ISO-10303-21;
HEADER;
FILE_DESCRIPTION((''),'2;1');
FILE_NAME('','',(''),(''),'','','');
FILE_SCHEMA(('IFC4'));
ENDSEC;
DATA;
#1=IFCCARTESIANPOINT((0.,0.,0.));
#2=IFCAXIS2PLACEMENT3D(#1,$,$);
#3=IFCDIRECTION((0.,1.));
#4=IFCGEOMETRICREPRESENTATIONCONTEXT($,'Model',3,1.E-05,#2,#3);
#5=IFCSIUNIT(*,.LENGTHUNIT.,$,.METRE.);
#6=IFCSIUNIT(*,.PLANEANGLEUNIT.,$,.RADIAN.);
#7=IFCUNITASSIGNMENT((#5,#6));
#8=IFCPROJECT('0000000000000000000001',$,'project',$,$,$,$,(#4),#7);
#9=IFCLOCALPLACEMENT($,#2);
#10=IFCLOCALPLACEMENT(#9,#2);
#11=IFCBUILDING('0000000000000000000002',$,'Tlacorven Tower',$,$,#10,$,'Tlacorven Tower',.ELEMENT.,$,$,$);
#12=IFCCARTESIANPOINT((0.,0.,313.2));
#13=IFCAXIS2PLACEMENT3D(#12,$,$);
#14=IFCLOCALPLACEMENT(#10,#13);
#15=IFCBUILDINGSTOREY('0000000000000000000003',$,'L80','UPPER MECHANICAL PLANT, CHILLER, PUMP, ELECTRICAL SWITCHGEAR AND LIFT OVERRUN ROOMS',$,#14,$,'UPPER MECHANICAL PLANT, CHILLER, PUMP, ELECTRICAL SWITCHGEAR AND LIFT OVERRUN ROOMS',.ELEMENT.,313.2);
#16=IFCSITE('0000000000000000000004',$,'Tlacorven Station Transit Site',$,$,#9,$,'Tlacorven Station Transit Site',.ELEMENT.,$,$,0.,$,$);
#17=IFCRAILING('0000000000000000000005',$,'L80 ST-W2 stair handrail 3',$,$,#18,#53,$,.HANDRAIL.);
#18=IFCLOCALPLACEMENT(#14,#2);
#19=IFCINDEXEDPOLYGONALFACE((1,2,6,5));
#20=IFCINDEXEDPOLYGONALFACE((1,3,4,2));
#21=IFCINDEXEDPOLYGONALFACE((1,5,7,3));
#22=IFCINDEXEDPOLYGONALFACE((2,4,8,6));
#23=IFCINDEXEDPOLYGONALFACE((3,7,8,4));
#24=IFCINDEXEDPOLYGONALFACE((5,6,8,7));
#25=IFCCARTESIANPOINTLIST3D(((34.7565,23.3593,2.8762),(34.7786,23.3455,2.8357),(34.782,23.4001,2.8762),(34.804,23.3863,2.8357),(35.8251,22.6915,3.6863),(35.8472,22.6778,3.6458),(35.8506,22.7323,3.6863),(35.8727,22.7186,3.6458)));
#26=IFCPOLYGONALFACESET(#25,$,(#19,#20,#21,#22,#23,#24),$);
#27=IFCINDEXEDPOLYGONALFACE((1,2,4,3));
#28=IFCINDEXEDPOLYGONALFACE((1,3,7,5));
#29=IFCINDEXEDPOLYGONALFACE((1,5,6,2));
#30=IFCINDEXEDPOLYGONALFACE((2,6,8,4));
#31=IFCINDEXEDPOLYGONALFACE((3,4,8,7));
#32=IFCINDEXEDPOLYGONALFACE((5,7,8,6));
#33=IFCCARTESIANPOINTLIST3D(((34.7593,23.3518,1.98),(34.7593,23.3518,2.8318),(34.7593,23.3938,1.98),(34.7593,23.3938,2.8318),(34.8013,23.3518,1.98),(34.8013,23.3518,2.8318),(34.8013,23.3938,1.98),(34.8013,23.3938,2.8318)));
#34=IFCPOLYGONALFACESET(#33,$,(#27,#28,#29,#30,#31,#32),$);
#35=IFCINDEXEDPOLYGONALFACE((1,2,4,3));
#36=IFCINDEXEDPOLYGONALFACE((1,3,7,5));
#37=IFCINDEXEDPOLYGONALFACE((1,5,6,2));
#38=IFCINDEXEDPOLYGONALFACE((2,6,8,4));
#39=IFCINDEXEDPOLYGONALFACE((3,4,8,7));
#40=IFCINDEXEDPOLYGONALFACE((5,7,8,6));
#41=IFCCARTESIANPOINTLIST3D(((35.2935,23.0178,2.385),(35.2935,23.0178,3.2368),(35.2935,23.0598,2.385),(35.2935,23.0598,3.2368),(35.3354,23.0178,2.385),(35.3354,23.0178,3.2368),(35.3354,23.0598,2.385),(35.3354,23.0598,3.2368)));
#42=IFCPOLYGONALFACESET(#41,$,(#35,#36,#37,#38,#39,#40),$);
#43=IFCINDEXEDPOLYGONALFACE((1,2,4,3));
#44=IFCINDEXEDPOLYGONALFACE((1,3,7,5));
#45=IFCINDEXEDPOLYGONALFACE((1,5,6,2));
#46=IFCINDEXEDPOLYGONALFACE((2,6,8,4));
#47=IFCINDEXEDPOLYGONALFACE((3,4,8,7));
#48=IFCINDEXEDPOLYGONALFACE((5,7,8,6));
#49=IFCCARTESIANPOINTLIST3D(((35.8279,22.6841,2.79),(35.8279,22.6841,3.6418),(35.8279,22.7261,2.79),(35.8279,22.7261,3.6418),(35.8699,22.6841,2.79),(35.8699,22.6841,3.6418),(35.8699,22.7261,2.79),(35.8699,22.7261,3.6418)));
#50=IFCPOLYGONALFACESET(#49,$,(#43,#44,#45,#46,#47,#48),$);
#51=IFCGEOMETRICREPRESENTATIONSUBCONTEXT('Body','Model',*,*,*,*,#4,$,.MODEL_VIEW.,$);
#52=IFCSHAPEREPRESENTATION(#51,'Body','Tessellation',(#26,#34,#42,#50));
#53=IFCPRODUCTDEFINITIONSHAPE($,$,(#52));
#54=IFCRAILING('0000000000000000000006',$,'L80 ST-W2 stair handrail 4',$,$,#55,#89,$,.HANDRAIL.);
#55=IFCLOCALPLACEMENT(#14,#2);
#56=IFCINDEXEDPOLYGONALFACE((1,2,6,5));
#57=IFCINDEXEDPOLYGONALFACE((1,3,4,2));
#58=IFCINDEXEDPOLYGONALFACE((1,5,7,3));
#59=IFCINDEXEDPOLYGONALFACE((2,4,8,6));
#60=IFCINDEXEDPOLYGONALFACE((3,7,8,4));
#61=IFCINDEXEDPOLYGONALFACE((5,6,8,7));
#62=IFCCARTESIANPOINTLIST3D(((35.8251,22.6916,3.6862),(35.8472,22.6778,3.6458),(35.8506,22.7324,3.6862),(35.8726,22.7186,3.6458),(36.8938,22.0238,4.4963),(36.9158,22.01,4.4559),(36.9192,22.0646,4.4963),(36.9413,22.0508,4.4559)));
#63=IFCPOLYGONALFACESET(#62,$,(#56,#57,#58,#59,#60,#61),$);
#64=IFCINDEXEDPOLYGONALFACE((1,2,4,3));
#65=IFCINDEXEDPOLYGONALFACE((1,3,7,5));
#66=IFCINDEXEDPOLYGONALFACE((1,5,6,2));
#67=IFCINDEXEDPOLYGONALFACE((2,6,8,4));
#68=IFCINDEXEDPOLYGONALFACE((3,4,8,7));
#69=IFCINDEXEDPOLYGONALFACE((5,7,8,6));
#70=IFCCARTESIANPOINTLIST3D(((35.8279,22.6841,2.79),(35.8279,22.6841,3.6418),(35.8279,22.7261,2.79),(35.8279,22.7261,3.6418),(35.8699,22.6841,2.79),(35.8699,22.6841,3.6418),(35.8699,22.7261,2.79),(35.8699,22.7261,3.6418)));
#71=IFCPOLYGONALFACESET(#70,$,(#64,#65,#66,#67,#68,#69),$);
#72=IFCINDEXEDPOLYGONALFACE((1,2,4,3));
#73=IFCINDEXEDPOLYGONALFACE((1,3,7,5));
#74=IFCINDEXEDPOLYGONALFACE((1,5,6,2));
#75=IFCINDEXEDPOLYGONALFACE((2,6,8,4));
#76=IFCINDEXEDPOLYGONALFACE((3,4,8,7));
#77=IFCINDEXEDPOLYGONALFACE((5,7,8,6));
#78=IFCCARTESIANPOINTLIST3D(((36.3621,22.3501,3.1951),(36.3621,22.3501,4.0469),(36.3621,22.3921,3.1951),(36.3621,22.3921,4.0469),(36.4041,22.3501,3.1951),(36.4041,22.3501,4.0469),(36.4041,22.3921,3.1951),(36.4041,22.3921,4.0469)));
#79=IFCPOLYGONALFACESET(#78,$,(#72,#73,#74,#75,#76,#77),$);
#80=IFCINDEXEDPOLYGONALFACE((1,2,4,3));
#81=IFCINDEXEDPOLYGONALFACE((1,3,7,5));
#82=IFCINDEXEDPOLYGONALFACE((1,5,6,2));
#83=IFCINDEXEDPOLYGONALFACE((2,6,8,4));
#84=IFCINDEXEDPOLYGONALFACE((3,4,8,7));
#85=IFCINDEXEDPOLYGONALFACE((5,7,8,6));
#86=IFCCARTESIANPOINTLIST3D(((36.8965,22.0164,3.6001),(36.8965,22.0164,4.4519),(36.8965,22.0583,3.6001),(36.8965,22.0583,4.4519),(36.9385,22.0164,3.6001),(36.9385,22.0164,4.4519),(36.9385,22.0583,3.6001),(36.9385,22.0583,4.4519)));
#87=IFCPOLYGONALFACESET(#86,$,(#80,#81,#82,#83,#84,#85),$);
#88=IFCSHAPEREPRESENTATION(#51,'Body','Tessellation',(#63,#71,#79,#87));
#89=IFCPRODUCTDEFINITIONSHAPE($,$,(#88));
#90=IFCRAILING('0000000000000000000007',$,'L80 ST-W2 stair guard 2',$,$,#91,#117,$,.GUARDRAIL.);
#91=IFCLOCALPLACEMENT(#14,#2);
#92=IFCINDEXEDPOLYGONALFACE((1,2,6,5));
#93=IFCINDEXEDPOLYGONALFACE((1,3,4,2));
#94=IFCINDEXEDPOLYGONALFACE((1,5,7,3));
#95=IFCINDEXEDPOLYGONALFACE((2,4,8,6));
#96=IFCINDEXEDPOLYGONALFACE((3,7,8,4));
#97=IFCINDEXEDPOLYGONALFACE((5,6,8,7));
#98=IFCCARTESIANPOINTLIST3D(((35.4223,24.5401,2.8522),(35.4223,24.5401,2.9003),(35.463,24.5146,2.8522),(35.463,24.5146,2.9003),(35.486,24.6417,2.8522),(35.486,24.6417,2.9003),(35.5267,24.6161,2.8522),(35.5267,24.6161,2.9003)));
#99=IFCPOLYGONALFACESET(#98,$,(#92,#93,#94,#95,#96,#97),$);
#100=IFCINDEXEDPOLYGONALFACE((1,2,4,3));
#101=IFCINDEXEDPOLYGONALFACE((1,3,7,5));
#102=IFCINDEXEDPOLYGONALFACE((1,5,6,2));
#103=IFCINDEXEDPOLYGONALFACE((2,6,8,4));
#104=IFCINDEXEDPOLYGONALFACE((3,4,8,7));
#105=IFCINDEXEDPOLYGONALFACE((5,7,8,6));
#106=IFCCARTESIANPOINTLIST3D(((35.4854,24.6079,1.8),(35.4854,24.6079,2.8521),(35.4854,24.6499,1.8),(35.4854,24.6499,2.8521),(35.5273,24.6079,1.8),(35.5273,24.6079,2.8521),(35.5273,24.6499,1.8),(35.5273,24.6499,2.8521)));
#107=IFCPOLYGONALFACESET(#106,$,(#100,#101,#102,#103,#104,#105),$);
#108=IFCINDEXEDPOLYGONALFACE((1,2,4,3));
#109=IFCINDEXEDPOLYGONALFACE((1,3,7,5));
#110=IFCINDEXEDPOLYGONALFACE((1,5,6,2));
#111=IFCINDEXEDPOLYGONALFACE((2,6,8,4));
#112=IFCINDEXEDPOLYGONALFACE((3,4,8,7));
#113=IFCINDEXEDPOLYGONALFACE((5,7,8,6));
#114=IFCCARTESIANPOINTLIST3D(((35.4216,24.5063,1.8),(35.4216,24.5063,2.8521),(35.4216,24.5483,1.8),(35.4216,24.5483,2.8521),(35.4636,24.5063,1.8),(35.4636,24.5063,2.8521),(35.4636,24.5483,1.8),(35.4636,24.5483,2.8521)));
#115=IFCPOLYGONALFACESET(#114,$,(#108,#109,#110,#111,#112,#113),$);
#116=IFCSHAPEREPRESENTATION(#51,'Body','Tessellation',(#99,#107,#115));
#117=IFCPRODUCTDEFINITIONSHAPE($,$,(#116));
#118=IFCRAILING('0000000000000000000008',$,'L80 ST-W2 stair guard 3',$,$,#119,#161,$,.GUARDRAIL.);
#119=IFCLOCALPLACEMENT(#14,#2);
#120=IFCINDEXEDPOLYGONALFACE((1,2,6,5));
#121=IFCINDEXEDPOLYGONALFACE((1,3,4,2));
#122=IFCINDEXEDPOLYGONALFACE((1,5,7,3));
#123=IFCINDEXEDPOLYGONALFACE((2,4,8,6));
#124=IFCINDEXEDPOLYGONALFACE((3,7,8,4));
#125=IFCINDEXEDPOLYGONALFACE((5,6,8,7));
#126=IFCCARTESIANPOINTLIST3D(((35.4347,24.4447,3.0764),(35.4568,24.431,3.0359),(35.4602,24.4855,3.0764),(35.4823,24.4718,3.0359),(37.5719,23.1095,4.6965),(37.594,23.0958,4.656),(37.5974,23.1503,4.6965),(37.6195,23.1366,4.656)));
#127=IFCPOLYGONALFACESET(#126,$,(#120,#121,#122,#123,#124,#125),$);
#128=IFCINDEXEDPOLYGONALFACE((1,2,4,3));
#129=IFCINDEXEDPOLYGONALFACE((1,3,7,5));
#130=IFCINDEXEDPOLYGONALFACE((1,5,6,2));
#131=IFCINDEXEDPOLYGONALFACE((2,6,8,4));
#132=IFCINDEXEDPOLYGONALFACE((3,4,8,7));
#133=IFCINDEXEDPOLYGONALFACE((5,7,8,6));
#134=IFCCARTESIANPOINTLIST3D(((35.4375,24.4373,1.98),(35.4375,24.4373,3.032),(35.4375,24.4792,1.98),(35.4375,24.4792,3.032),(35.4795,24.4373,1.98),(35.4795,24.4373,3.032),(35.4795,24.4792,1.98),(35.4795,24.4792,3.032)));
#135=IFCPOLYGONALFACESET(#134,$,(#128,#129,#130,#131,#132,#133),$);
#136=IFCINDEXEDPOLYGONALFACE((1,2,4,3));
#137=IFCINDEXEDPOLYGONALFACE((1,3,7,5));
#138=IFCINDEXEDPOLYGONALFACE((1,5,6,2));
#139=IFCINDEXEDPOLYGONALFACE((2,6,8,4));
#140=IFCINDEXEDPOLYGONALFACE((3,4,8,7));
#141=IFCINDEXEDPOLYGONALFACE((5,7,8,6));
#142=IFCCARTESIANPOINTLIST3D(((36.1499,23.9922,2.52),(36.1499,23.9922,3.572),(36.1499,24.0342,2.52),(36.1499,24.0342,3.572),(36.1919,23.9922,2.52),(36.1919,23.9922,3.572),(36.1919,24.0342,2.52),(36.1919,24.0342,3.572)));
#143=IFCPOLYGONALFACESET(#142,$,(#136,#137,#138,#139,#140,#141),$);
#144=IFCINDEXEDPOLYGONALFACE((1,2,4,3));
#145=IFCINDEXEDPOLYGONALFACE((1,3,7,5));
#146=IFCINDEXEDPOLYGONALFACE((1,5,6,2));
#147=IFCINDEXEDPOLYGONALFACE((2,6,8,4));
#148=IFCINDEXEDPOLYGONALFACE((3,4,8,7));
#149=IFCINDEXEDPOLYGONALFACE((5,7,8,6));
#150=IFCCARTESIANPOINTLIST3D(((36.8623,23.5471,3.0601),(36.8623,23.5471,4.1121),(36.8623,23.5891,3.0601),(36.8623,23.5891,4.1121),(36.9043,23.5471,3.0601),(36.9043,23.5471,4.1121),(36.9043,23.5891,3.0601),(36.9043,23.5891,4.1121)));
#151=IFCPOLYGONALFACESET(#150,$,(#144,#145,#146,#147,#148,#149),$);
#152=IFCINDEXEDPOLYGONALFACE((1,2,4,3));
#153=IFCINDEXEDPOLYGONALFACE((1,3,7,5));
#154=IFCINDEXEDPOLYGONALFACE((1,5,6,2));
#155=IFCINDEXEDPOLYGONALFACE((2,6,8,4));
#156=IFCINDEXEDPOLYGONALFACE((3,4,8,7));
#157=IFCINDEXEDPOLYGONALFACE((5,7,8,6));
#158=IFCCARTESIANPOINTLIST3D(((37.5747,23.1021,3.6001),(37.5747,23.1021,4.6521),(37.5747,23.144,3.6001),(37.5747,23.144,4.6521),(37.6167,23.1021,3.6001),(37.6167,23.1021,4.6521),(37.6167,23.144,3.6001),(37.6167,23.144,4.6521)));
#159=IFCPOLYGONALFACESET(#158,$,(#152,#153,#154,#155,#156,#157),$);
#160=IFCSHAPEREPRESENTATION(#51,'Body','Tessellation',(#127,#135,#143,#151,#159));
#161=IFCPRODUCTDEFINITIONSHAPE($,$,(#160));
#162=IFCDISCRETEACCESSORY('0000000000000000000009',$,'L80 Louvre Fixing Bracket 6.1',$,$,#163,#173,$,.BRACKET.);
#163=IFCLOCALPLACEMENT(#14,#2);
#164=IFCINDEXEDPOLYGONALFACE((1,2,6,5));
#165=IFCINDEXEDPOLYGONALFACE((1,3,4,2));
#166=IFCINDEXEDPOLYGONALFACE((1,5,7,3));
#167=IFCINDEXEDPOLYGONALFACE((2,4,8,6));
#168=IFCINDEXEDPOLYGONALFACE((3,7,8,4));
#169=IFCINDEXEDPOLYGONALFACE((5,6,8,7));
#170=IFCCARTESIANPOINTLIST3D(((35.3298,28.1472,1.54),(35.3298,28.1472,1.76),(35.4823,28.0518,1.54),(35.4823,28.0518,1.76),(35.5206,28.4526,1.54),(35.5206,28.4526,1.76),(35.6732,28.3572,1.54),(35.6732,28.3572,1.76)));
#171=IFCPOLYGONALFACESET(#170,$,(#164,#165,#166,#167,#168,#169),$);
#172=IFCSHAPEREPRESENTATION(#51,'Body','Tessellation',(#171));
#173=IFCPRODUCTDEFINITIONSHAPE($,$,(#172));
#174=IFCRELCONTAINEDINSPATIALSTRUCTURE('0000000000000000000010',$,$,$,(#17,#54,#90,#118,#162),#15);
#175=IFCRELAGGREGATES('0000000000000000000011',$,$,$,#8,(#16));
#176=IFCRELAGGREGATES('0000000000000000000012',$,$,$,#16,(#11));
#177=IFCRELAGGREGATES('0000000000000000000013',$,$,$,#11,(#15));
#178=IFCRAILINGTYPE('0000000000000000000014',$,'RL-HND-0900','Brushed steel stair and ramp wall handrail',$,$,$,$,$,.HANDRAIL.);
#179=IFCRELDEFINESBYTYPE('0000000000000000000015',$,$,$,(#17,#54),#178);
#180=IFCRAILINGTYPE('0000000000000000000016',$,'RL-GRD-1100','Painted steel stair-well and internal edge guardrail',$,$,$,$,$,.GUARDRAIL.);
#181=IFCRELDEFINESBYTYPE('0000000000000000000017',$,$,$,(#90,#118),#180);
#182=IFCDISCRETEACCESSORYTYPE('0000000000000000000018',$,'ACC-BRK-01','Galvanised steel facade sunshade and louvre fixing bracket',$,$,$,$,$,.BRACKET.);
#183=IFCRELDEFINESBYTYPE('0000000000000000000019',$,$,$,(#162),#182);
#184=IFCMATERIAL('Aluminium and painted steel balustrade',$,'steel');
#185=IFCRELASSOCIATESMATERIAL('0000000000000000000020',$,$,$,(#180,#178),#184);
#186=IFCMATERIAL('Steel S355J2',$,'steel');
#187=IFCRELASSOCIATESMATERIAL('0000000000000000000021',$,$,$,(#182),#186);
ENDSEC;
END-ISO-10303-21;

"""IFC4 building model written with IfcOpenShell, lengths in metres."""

from ifc_helpers import new_model, si_unit, direction, frame, origin, origin_2d, place, context, subcontext, project, spatial, rectangle, extrude, source, transform, mapped, material, type_object, element, save


model = new_model("IFC4")

# Units and contexts
model_context = context("Model", 3, precision=1e-05, world=origin(), true_north=direction((0.0, 1.0)))
body_context = subcontext(model_context, "Body", "Model", "MODEL_VIEW")
ifc_project = project(units=[si_unit("LENGTHUNIT", "METRE"), si_unit("PLANEANGLEUNIT", "RADIAN")], contexts=[model_context])

# Site, building, storey
site_placement = place(None, origin())
site = spatial("IfcSite", under=ifc_project, at=site_placement, Name="Tlacorven Station Transit Site", LongName="Tlacorven Station Transit Site", CompositionType="ELEMENT", RefElevation=0.0)
building_placement = place(site_placement, origin())
building = spatial("IfcBuilding", under=site, at=building_placement, Name="Tlacorven Tower", LongName="Tlacorven Tower", CompositionType="ELEMENT")
storey_placement = place(building_placement, frame((0.0, 0.0, 313.2)))
storey = spatial("IfcBuildingStorey", under=building, at=storey_placement, Name="L80", Description="UPPER MECHANICAL PLANT, CHILLER, PUMP, ELECTRICAL SWITCHGEAR AND LIFT OVERRUN ROOMS", LongName="UPPER MECHANICAL PLANT, CHILLER, PUMP, ELECTRICAL SWITCHGEAR AND LIFT OVERRUN ROOMS", CompositionType="ELEMENT", Elevation=313.2)

# Shared definitions
ifc_material_1 = material(Name="Steel S355J2", Category="steel")

# Railings
ifc_material_2 = material(Name="Aluminium and painted steel balustrade", Category="steel")
railing_type_1 = type_object("IfcRailingType", Name="RL-GRD-1100", Description="Painted steel stair-well and internal edge guardrail", PredefinedType="GUARDRAIL", material=ifc_material_2)
railing_type_2 = type_object("IfcRailingType", Name="RL-HND-0900", Description="Brushed steel stair and ramp wall handrail", PredefinedType="HANDRAIL", material=ifc_material_2)
shared_shape_1 = source(origin(), body_context, "Body", "SweptSolid", [
    extrude(rectangle(XDim=0.0481, YDim=0.0481, at=origin_2d()), frame((0.0, 0.0, 0.876), z_axis=(0.71336, -0.445748, 0.540765), x_axis=(0.529912, 0.848053, 0.0)), (0.0, 0.0, 1.0), 1.498),
    extrude(rectangle(XDim=0.042, YDim=0.042, at=origin_2d()), origin(), (0.0, 0.0, 1.0), 0.8518),
    extrude(rectangle(XDim=0.042, YDim=0.042, at=origin_2d()), frame((0.5342, -0.334, 0.405)), (0.0, 0.0, 1.0), 0.8518),
    extrude(rectangle(XDim=0.042, YDim=0.042, at=origin_2d()), frame((1.0686, -0.6677, 0.8101)), (0.0, 0.0, 1.0), 0.8518),
])
for number, where, name in (
    (1, (34.7803, 23.3728, 1.98), "L80 ST-W2 stair handrail 3"),
    (2, (35.8489, 22.7051, 2.79), "L80 ST-W2 stair handrail 4"),
):
    element("IfcRailing", number, at=place(storey_placement, frame(where)), inside=storey, type_object=railing_type_2, Name=name, PredefinedType="HANDRAIL", context=body_context, shape_type="MappedRepresentation", body=[
        mapped(shared_shape_1, transform((0.0, 0.0, 0.0), scale=1.0)),
    ])
shared_shape_2 = source(origin(), body_context, "Body", "SweptSolid", [
    extrude(rectangle(XDim=0.0481, YDim=0.0481, at=origin_2d()), frame((0.0, 0.0, 1.0762), z_axis=(-0.531462, -0.847082, 0.0), x_axis=(0.847082, -0.531462, 0.0)), (0.0, 0.0, 1.0), 0.1199),
    extrude(rectangle(XDim=0.042, YDim=0.042, at=origin_2d()), origin(), (0.0, 0.0, 1.0), 1.052),
    extrude(rectangle(XDim=0.042, YDim=0.042, at=origin_2d()), frame((-0.0637, -0.1016, 0.0)), (0.0, 0.0, 1.0), 1.052),
])
railing_1_placement = place(storey_placement, frame((35.5063, 24.6289, 1.8)))
element("IfcRailing", 3, at=railing_1_placement, inside=storey, type_object=railing_type_1, Name="L80 ST-W2 stair guard 2", PredefinedType="GUARDRAIL", context=body_context, shape_type="MappedRepresentation", body=[
    mapped(shared_shape_2, transform((0.0, 0.0, 0.0), scale=1.0)),
])
shared_shape_3 = source(origin(), body_context, "Body", "SweptSolid", [
    extrude(rectangle(XDim=0.0481, YDim=0.0481, at=origin_2d()), frame((0.0, 0.0, 1.0762), z_axis=(0.713386, -0.445683, 0.540784), x_axis=(0.529842, 0.848096, 0.0)), (0.0, 0.0, 1.0), 2.9958),
    extrude(rectangle(XDim=0.042, YDim=0.042, at=origin_2d()), origin(), (0.0, 0.0, 1.0), 1.052),
    extrude(rectangle(XDim=0.042, YDim=0.042, at=origin_2d()), frame((0.7124, -0.4451, 0.54)), (0.0, 0.0, 1.0), 1.052),
    extrude(rectangle(XDim=0.042, YDim=0.042, at=origin_2d()), frame((1.4248, -0.8901, 1.0801)), (0.0, 0.0, 1.0), 1.052),
    extrude(rectangle(XDim=0.042, YDim=0.042, at=origin_2d()), frame((2.1372, -1.3352, 1.6201)), (0.0, 0.0, 1.0), 1.052),
])
railing_2_placement = place(storey_placement, frame((35.4585, 24.4583, 1.98)))
element("IfcRailing", 4, at=railing_2_placement, inside=storey, type_object=railing_type_1, Name="L80 ST-W2 stair guard 3", PredefinedType="GUARDRAIL", context=body_context, shape_type="MappedRepresentation", body=[
    mapped(shared_shape_3, transform((0.0, 0.0, 0.0), scale=1.0)),
])

# Discrete accessory
discrete_accessory_type = type_object("IfcDiscreteAccessoryType", Name="ACC-BRK-01", Description="Galvanised steel facade sunshade and louvre fixing bracket", PredefinedType="BRACKET", material=ifc_material_1)
shared_shape_4 = source(origin(), body_context, "Body", "SweptSolid", [
    extrude(rectangle(XDim=0.1799, YDim=0.3601, at=origin_2d()), origin(), (0.0, 0.0, 1.0), 0.22),
])
discrete_accessory_placement = place(storey_placement, frame((35.5015, 28.2522, 1.54), z_axis=(0.0, 0.0, 1.0), x_axis=(0.848048, -0.529919, 0.0)))
element("IfcDiscreteAccessory", 5, at=discrete_accessory_placement, inside=storey, type_object=discrete_accessory_type, Name="L80 Louvre Fixing Bracket 6.1", PredefinedType="BRACKET", context=body_context, shape_type="MappedRepresentation", body=[
    mapped(shared_shape_4, transform((0.0, 0.0, 0.0), scale=1.0)),
])

save(model, "model.ifc")
